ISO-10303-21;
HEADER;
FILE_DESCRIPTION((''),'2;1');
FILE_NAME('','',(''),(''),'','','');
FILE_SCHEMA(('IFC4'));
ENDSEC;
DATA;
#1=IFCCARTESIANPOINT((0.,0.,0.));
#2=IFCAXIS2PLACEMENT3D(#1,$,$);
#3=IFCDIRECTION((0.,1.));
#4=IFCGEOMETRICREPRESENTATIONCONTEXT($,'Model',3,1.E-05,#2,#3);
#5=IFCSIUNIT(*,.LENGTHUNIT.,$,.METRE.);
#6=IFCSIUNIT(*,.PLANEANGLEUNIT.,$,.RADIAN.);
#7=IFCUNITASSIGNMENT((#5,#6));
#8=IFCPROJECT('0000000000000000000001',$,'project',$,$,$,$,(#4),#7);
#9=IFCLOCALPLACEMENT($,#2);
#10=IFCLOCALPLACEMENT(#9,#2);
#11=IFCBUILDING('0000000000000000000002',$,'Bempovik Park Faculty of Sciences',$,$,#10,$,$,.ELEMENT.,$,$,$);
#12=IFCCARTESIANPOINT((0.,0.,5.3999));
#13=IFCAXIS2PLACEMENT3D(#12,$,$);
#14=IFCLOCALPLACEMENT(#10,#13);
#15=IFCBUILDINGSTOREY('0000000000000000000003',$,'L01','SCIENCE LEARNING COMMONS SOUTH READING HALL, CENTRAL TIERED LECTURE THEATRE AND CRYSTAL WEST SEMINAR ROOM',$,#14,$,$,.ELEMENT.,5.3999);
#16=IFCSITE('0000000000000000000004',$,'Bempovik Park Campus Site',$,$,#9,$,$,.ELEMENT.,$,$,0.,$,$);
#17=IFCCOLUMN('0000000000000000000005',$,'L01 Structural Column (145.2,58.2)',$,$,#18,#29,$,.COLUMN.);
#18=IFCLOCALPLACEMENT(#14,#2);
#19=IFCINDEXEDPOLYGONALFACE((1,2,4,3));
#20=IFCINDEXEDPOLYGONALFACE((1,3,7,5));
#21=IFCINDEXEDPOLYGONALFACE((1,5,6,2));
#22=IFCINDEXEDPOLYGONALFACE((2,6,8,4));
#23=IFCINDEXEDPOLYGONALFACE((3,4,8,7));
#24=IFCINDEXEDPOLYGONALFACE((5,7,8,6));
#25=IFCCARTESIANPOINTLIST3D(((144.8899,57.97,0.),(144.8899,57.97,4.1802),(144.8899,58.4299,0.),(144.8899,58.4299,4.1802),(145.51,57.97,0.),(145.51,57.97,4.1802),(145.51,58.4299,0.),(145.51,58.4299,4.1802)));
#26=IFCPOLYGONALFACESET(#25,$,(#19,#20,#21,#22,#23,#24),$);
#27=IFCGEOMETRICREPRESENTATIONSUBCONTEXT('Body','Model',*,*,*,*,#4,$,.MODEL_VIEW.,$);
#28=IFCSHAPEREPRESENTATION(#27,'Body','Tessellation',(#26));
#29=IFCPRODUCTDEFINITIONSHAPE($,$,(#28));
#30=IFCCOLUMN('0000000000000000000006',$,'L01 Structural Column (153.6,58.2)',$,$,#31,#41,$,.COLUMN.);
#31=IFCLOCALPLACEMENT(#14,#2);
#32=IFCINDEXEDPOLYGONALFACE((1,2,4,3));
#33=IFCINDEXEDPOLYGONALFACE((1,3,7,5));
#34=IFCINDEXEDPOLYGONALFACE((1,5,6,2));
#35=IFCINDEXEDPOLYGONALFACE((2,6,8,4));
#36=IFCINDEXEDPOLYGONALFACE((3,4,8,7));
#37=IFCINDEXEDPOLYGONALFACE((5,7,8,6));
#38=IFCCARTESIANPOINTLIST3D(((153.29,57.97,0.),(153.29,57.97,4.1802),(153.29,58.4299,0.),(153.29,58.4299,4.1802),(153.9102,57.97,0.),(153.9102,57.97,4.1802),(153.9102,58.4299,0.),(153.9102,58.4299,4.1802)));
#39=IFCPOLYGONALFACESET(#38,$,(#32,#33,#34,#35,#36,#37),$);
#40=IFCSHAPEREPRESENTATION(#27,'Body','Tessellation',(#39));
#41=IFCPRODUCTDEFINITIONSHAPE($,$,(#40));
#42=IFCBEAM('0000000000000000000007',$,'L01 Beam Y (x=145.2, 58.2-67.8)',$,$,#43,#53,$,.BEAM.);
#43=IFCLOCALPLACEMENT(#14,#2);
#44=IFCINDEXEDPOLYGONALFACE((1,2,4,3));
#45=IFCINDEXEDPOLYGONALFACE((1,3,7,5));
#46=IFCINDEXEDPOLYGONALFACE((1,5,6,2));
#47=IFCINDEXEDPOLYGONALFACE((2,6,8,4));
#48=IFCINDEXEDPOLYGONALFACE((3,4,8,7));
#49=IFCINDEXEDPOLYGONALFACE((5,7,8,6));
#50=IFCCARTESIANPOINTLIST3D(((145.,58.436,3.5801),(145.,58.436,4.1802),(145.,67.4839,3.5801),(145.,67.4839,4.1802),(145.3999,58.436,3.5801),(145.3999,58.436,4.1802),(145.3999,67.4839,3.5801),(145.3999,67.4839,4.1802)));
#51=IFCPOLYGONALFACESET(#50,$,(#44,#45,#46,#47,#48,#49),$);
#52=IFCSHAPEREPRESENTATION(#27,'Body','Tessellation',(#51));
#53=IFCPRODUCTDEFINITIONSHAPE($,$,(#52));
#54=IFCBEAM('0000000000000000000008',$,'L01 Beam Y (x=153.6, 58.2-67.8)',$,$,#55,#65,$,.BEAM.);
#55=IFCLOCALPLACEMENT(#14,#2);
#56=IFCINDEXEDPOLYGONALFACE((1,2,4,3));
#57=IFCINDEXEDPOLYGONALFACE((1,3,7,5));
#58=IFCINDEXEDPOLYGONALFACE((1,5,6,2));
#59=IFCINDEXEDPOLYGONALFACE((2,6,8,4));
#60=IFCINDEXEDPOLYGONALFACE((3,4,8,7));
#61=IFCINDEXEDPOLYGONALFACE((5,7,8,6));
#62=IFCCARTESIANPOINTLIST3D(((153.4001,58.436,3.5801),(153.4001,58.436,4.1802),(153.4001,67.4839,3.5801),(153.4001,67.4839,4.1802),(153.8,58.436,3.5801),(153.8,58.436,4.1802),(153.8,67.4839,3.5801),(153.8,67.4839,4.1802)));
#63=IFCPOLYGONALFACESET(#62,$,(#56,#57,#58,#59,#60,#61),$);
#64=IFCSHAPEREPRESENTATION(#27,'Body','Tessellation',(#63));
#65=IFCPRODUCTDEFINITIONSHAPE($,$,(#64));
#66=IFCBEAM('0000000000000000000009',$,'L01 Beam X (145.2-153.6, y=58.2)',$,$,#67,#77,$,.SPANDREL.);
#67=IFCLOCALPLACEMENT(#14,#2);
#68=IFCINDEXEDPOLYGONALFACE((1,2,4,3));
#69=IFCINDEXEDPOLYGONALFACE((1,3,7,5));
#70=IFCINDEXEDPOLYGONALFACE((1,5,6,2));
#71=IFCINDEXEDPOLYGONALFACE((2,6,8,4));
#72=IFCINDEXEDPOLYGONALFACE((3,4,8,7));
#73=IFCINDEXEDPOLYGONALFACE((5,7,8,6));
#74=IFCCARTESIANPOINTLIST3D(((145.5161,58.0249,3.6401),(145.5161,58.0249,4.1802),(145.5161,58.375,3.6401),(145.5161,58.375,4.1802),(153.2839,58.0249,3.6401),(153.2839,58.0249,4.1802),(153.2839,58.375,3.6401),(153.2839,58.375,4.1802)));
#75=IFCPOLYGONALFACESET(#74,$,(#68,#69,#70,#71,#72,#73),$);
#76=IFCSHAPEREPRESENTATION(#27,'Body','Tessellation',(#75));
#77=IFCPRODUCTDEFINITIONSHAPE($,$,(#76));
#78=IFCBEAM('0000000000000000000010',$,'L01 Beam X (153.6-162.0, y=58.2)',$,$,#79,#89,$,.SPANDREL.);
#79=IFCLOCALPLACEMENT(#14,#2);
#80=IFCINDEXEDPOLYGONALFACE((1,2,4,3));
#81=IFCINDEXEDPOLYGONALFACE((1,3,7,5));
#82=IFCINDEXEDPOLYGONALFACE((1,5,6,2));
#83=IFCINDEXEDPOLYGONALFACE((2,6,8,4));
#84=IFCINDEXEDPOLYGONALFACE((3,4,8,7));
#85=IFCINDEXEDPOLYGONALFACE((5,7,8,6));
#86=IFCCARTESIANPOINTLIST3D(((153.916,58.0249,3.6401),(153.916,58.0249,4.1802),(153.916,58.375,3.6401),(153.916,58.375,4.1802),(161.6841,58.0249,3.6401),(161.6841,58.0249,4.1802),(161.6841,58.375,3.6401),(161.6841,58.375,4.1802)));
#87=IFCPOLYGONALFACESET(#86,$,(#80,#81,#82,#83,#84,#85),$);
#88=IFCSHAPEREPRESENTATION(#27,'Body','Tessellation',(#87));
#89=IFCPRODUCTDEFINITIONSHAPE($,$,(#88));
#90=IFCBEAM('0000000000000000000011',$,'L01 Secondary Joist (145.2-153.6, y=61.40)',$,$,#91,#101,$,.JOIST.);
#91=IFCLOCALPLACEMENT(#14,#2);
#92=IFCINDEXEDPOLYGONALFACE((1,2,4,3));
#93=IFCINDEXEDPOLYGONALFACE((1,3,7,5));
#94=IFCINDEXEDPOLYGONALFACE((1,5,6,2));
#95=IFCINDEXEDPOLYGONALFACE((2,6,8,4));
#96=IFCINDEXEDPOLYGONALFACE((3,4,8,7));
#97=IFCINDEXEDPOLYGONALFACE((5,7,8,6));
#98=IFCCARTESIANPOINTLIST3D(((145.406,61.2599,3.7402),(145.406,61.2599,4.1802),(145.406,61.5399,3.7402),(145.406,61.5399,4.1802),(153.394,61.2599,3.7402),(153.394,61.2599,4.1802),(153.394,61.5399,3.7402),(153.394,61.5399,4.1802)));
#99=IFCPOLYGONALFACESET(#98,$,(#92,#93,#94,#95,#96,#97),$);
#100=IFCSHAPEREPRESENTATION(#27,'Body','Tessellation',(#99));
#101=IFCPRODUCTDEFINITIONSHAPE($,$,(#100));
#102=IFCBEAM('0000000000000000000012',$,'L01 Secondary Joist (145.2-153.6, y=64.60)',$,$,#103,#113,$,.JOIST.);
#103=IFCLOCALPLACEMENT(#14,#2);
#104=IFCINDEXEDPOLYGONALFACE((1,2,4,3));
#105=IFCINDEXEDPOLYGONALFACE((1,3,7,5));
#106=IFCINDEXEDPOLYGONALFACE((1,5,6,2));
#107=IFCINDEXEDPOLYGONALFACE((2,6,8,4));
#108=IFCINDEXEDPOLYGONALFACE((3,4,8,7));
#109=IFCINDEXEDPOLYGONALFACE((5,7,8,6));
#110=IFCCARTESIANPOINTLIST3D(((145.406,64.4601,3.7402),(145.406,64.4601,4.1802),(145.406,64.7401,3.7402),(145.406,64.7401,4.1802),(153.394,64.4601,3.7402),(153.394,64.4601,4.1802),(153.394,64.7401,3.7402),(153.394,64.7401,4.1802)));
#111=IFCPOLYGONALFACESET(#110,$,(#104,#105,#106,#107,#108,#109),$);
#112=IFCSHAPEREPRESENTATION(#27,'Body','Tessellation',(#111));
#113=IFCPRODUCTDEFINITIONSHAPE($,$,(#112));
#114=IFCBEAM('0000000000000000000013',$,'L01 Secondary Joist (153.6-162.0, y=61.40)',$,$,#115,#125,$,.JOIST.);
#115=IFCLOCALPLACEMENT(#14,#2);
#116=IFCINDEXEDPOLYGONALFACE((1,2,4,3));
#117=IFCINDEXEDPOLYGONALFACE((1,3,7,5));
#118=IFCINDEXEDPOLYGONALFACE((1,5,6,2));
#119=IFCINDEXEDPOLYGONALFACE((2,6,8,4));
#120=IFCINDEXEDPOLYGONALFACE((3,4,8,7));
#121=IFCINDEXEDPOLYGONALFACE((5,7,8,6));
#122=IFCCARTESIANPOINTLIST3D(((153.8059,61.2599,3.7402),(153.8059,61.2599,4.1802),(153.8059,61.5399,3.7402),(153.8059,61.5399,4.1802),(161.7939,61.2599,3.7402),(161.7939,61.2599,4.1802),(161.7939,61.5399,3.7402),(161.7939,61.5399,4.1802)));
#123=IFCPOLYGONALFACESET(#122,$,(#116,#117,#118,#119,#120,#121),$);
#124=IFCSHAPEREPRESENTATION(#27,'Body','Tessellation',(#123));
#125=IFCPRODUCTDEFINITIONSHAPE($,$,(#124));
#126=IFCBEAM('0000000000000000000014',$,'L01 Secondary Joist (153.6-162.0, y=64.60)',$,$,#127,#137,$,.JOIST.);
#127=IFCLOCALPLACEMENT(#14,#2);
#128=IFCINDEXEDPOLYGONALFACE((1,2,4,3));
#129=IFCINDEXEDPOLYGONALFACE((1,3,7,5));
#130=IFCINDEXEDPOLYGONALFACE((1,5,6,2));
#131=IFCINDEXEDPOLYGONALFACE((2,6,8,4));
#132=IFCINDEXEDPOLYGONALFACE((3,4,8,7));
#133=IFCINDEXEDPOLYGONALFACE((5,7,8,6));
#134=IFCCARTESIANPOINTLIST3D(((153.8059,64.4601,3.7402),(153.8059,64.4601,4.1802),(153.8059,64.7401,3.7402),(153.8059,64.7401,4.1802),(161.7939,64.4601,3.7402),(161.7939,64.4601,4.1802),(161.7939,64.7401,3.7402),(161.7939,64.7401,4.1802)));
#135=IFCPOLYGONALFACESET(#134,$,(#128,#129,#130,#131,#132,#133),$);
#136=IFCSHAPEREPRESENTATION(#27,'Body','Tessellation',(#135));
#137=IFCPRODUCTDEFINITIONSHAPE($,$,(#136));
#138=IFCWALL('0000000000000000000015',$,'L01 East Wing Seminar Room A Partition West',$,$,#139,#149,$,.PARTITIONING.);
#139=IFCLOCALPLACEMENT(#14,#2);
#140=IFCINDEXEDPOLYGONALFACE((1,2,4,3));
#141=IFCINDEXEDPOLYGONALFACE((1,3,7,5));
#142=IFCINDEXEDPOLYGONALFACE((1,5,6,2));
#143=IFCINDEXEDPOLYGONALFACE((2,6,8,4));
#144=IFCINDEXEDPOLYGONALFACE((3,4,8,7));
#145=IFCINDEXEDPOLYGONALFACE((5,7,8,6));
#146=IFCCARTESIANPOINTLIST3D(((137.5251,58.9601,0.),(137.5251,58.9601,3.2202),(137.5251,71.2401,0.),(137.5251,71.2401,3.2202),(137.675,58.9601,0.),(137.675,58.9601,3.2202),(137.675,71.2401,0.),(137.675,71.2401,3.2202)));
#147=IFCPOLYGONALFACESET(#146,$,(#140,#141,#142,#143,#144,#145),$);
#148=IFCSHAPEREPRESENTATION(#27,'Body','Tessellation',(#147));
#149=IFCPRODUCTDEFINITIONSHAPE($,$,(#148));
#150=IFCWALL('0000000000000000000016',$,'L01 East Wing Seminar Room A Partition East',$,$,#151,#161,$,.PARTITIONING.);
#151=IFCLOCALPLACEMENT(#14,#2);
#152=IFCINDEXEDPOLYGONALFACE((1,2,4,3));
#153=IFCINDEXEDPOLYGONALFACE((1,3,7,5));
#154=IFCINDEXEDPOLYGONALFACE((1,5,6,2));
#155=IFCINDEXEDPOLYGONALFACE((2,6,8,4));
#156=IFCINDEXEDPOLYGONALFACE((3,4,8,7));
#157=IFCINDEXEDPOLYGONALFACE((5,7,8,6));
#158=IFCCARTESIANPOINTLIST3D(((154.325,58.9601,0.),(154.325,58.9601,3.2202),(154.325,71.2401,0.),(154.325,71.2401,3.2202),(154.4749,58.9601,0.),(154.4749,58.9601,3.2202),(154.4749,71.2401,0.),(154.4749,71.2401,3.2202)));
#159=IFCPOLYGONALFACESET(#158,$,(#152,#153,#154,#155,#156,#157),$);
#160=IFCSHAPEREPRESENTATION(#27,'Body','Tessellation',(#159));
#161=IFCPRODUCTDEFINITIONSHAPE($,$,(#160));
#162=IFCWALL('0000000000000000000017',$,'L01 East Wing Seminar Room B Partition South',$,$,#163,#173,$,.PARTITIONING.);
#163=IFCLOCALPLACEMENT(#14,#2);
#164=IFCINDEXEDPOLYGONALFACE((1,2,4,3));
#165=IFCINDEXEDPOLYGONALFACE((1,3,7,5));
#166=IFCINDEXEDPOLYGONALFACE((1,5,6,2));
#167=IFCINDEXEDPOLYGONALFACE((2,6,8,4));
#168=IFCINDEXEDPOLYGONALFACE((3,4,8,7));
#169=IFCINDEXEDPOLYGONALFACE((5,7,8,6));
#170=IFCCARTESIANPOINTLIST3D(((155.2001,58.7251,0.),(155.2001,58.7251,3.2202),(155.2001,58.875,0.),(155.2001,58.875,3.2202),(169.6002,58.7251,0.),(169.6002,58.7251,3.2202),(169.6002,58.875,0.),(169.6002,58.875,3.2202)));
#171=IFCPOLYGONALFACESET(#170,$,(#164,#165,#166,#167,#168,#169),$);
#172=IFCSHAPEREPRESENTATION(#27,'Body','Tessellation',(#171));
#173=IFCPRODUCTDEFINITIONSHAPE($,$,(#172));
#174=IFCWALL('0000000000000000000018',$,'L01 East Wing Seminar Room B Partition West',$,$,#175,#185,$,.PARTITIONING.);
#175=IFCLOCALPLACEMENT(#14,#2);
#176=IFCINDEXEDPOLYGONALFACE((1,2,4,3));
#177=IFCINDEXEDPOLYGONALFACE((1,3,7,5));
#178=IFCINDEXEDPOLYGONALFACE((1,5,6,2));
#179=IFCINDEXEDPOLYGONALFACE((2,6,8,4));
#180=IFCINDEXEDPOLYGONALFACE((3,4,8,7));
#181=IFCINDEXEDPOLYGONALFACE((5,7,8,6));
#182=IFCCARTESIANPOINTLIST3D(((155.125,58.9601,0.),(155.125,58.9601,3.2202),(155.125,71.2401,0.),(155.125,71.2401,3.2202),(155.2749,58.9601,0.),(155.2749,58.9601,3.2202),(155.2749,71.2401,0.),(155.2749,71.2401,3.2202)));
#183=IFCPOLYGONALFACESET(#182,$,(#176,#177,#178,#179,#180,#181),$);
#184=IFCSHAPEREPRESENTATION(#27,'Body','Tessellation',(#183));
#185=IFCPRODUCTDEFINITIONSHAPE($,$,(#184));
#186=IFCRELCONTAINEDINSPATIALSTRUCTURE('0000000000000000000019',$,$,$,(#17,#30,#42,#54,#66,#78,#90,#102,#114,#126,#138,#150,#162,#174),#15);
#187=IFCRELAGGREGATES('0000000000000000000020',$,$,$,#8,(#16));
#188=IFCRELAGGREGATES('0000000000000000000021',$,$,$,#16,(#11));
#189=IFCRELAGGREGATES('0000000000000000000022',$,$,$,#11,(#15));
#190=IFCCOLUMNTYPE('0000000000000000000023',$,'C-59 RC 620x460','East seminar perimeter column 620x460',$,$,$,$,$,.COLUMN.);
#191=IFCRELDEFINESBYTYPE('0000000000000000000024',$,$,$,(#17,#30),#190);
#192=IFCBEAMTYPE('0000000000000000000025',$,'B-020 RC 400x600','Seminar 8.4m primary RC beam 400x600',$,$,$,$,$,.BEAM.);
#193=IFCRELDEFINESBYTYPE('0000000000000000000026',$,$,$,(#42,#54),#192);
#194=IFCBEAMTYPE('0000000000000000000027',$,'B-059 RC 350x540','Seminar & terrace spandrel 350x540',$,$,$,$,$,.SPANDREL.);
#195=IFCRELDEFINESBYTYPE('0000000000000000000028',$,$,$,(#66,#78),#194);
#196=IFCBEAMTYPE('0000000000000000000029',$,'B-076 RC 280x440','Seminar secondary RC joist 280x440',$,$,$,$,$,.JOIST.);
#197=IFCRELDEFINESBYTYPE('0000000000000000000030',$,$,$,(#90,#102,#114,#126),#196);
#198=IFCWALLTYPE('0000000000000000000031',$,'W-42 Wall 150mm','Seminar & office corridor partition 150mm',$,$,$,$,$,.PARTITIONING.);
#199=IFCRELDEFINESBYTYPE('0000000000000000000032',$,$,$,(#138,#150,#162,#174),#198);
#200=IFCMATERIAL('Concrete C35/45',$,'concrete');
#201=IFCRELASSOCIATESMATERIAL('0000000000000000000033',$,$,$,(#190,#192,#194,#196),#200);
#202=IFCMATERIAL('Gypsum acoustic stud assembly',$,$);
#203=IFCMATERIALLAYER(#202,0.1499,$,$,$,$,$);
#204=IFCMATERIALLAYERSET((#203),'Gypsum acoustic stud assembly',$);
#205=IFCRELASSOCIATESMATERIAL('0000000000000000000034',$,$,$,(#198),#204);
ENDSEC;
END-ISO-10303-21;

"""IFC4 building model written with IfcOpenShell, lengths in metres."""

from ifc_helpers import new_model, si_unit, direction, frame, frame_2d, origin, origin_2d, place, context, subcontext, project, spatial, rectangle, extrude, material, layer, layer_set, material_profile, profile_set, type_object, element, save


model = new_model("IFC4")

# Units and contexts
model_context = context("Model", 3, precision=1e-05, world=origin(), true_north=direction((0.0, 1.0)))
body_context = subcontext(model_context, "Body", "Model", "MODEL_VIEW")
ifc_project = project(units=[si_unit("LENGTHUNIT", "METRE"), si_unit("PLANEANGLEUNIT", "RADIAN")], contexts=[model_context])

# Site, building, storey
site_placement = place(None, origin())
site = spatial("IfcSite", under=ifc_project, at=site_placement, Name="Bempovik Park Campus Site", CompositionType="ELEMENT", RefElevation=0.0)
building_placement = place(site_placement, origin())
building = spatial("IfcBuilding", under=site, at=building_placement, Name="Bempovik Park Faculty of Sciences", CompositionType="ELEMENT")
storey_placement = place(building_placement, frame((0.0, 0.0, 5.3999)))
storey = spatial("IfcBuildingStorey", under=building, at=storey_placement, Name="L01", Description="SCIENCE LEARNING COMMONS SOUTH READING HALL, CENTRAL TIERED LECTURE THEATRE AND CRYSTAL WEST SEMINAR ROOM", CompositionType="ELEMENT", Elevation=5.3999)

# Columns
ifc_material_1 = material(Name="Concrete C35/45", Category="concrete")
ifc_material_profile_1 = material_profile(ifc_material_1, rectangle(XDim=0.6201, YDim=0.46, at=origin_2d()), Name="RC 620x460")
ifc_profile_set_1 = profile_set([ifc_material_profile_1], Name="Concrete C35/45")
column_type = type_object("IfcColumnType", Name="C-59 RC 620x460", Description="East seminar perimeter column 620x460", PredefinedType="COLUMN", material=ifc_profile_set_1)
for number, where, z_axis, x_axis, name in (
    (1, (145.2, 58.2, 0.0), (0.0, 0.0, 1.0), (1.0, 0.0, 0.0), "L01 Structural Column (145.2,58.2)"),
    (2, (153.6001, 58.2, 0.0), (0.0, 0.0, 1.0), (1.0, 0.0, 0.0), "L01 Structural Column (153.6,58.2)"),
):
    element("IfcColumn", number, at=place(storey_placement, frame(where, z_axis=z_axis, x_axis=x_axis)), inside=storey, type_object=column_type, Name=name, PredefinedType="COLUMN", context=body_context, shape_type="SweptSolid", body=[
        extrude(rectangle(XDim=0.6201, YDim=0.46, at=origin_2d()), origin(), (0.0, 0.0, 1.0), 4.1802),
    ])

# Beams
ifc_material_profile_2 = material_profile(ifc_material_1, rectangle(XDim=0.3999, YDim=0.6001, at=origin_2d()), Name="RC 400x600")
ifc_profile_set_2 = profile_set([ifc_material_profile_2], Name="Concrete C35/45")
beam_type_1 = type_object("IfcBeamType", Name="B-020 RC 400x600", Description="Seminar 8.4m primary RC beam 400x600", PredefinedType="BEAM", material=ifc_profile_set_2)
for number, where, z_axis, x_axis, name in (
    (3, (145.2, 58.436, 3.8801), (0.0, 1.0, 0.0), (-1.0, 0.0, 0.0), "L01 Beam Y (x=145.2, 58.2-67.8)"),
    (4, (153.6001, 58.436, 3.8801), (0.0, 1.0, 0.0), (-1.0, 0.0, 0.0), "L01 Beam Y (x=153.6, 58.2-67.8)"),
):
    element("IfcBeam", number, at=place(storey_placement, frame(where, z_axis=z_axis, x_axis=x_axis)), inside=storey, type_object=beam_type_1, Name=name, PredefinedType="BEAM", context=body_context, shape_type="SweptSolid", body=[
        extrude(rectangle(XDim=0.3999, YDim=0.6001, at=origin_2d()), origin(), (0.0, 0.0, 1.0), 9.0479),
    ])
ifc_material_profile_3 = material_profile(ifc_material_1, rectangle(XDim=0.3501, YDim=0.54, at=origin_2d()), Name="RC 350x540")
ifc_profile_set_3 = profile_set([ifc_material_profile_3], Name="Concrete C35/45")
beam_type_2 = type_object("IfcBeamType", Name="B-059 RC 350x540", Description="Seminar & terrace spandrel 350x540", PredefinedType="SPANDREL", material=ifc_profile_set_3)
beam_1_placement = place(storey_placement, frame((145.5161, 58.2, 3.9102), z_axis=(1.0, 0.0, 0.0), x_axis=(0.0, 1.0, 0.0)))
element("IfcBeam", 5, at=beam_1_placement, inside=storey, type_object=beam_type_2, Name="L01 Beam X (145.2-153.6, y=58.2)", PredefinedType="SPANDREL", context=body_context, shape_type="SweptSolid", body=[
    extrude(rectangle(XDim=0.3501, YDim=0.54, at=origin_2d()), origin(), (0.0, 0.0, 1.0), 7.7678),
])
beam_2_placement = place(storey_placement, frame((153.916, 58.2, 3.9102), z_axis=(1.0, 0.0, 0.0), x_axis=(0.0, 1.0, 0.0)))
element("IfcBeam", 6, at=beam_2_placement, inside=storey, type_object=beam_type_2, Name="L01 Beam X (153.6-162.0, y=58.2)", PredefinedType="SPANDREL", context=body_context, shape_type="SweptSolid", body=[
    extrude(rectangle(XDim=0.3501, YDim=0.54, at=origin_2d()), origin(), (0.0, 0.0, 1.0), 7.7681),
])
ifc_material_profile_4 = material_profile(ifc_material_1, rectangle(XDim=0.28, YDim=0.4399, at=origin_2d()), Name="RC 280x440")
ifc_profile_set_4 = profile_set([ifc_material_profile_4], Name="Concrete C35/45")
beam_type_3 = type_object("IfcBeamType", Name="B-076 RC 280x440", Description="Seminar secondary RC joist 280x440", PredefinedType="JOIST", material=ifc_profile_set_4)
for number, where, z_axis, x_axis, name in (
    (7, (145.406, 61.3999, 3.9602), (1.0, 0.0, 0.0), (0.0, 1.0, 0.0), "L01 Secondary Joist (145.2-153.6, y=61.40)"),
    (8, (145.406, 64.6001, 3.9602), (1.0, 0.0, 0.0), (0.0, 1.0, 0.0), "L01 Secondary Joist (145.2-153.6, y=64.60)"),
    (9, (153.8059, 61.3999, 3.9602), (1.0, 0.0, 0.0), (0.0, 1.0, 0.0), "L01 Secondary Joist (153.6-162.0, y=61.40)"),
    (10, (153.8059, 64.6001, 3.9602), (1.0, 0.0, 0.0), (0.0, 1.0, 0.0), "L01 Secondary Joist (153.6-162.0, y=64.60)"),
):
    element("IfcBeam", number, at=place(storey_placement, frame(where, z_axis=z_axis, x_axis=x_axis)), inside=storey, type_object=beam_type_3, Name=name, PredefinedType="JOIST", context=body_context, shape_type="SweptSolid", body=[
        extrude(rectangle(XDim=0.28, YDim=0.4399, at=origin_2d()), origin(), (0.0, 0.0, 1.0), 7.988),
    ])

# Walls
ifc_material_2 = material(Name="Gypsum acoustic stud assembly")
ifc_layer_1 = layer(ifc_material_2, 0.1499)
ifc_layer_set_1 = layer_set([ifc_layer_1], Name="Gypsum acoustic stud assembly")
wall_type_1 = type_object("IfcWallType", Name="W-42 Wall 150mm", Description="Seminar & office corridor partition 150mm", PredefinedType="PARTITIONING", material=ifc_layer_set_1)
for number, where, z_axis, x_axis, name in (
    (11, (137.6001, 58.96, 0.0), (0.0, 0.0, 1.0), (0.0, 1.0, 0.0), "L01 East Wing Seminar Room A Partition West"),
    (12, (154.3999, 58.96, 0.0), (0.0, 0.0, 1.0), (0.0, 1.0, 0.0), "L01 East Wing Seminar Room A Partition East"),
):
    element("IfcWall", number, at=place(storey_placement, frame(where, z_axis=z_axis, x_axis=x_axis)), inside=storey, type_object=wall_type_1, Name=name, PredefinedType="PARTITIONING", context=body_context, shape_type="SweptSolid", body=[
        extrude(rectangle(XDim=12.28, YDim=0.1499, at=frame_2d((6.1401, 0.0))), origin(), (0.0, 0.0, 1.0), 3.2202),
    ])
wall_1_placement = place(storey_placement, frame((155.2, 58.8, 0.0), z_axis=(0.0, 0.0, 1.0), x_axis=(1.0, 0.0, 0.0)))
element("IfcWall", 13, at=wall_1_placement, inside=storey, type_object=wall_type_1, Name="L01 East Wing Seminar Room B Partition South", PredefinedType="PARTITIONING", context=body_context, shape_type="SweptSolid", body=[
    extrude(rectangle(XDim=14.4001, YDim=0.1499, at=frame_2d((7.2002, 0.0))), origin(), (0.0, 0.0, 1.0), 3.2202),
])
wall_2_placement = place(storey_placement, frame((155.2, 58.96, 0.0), z_axis=(0.0, 0.0, 1.0), x_axis=(0.0, 1.0, 0.0)))
element("IfcWall", 14, at=wall_2_placement, inside=storey, type_object=wall_type_1, Name="L01 East Wing Seminar Room B Partition West", PredefinedType="PARTITIONING", context=body_context, shape_type="SweptSolid", body=[
    extrude(rectangle(XDim=12.28, YDim=0.1499, at=frame_2d((6.1401, 0.0))), origin(), (0.0, 0.0, 1.0), 3.2202),
])

save(model, "model.ifc")
